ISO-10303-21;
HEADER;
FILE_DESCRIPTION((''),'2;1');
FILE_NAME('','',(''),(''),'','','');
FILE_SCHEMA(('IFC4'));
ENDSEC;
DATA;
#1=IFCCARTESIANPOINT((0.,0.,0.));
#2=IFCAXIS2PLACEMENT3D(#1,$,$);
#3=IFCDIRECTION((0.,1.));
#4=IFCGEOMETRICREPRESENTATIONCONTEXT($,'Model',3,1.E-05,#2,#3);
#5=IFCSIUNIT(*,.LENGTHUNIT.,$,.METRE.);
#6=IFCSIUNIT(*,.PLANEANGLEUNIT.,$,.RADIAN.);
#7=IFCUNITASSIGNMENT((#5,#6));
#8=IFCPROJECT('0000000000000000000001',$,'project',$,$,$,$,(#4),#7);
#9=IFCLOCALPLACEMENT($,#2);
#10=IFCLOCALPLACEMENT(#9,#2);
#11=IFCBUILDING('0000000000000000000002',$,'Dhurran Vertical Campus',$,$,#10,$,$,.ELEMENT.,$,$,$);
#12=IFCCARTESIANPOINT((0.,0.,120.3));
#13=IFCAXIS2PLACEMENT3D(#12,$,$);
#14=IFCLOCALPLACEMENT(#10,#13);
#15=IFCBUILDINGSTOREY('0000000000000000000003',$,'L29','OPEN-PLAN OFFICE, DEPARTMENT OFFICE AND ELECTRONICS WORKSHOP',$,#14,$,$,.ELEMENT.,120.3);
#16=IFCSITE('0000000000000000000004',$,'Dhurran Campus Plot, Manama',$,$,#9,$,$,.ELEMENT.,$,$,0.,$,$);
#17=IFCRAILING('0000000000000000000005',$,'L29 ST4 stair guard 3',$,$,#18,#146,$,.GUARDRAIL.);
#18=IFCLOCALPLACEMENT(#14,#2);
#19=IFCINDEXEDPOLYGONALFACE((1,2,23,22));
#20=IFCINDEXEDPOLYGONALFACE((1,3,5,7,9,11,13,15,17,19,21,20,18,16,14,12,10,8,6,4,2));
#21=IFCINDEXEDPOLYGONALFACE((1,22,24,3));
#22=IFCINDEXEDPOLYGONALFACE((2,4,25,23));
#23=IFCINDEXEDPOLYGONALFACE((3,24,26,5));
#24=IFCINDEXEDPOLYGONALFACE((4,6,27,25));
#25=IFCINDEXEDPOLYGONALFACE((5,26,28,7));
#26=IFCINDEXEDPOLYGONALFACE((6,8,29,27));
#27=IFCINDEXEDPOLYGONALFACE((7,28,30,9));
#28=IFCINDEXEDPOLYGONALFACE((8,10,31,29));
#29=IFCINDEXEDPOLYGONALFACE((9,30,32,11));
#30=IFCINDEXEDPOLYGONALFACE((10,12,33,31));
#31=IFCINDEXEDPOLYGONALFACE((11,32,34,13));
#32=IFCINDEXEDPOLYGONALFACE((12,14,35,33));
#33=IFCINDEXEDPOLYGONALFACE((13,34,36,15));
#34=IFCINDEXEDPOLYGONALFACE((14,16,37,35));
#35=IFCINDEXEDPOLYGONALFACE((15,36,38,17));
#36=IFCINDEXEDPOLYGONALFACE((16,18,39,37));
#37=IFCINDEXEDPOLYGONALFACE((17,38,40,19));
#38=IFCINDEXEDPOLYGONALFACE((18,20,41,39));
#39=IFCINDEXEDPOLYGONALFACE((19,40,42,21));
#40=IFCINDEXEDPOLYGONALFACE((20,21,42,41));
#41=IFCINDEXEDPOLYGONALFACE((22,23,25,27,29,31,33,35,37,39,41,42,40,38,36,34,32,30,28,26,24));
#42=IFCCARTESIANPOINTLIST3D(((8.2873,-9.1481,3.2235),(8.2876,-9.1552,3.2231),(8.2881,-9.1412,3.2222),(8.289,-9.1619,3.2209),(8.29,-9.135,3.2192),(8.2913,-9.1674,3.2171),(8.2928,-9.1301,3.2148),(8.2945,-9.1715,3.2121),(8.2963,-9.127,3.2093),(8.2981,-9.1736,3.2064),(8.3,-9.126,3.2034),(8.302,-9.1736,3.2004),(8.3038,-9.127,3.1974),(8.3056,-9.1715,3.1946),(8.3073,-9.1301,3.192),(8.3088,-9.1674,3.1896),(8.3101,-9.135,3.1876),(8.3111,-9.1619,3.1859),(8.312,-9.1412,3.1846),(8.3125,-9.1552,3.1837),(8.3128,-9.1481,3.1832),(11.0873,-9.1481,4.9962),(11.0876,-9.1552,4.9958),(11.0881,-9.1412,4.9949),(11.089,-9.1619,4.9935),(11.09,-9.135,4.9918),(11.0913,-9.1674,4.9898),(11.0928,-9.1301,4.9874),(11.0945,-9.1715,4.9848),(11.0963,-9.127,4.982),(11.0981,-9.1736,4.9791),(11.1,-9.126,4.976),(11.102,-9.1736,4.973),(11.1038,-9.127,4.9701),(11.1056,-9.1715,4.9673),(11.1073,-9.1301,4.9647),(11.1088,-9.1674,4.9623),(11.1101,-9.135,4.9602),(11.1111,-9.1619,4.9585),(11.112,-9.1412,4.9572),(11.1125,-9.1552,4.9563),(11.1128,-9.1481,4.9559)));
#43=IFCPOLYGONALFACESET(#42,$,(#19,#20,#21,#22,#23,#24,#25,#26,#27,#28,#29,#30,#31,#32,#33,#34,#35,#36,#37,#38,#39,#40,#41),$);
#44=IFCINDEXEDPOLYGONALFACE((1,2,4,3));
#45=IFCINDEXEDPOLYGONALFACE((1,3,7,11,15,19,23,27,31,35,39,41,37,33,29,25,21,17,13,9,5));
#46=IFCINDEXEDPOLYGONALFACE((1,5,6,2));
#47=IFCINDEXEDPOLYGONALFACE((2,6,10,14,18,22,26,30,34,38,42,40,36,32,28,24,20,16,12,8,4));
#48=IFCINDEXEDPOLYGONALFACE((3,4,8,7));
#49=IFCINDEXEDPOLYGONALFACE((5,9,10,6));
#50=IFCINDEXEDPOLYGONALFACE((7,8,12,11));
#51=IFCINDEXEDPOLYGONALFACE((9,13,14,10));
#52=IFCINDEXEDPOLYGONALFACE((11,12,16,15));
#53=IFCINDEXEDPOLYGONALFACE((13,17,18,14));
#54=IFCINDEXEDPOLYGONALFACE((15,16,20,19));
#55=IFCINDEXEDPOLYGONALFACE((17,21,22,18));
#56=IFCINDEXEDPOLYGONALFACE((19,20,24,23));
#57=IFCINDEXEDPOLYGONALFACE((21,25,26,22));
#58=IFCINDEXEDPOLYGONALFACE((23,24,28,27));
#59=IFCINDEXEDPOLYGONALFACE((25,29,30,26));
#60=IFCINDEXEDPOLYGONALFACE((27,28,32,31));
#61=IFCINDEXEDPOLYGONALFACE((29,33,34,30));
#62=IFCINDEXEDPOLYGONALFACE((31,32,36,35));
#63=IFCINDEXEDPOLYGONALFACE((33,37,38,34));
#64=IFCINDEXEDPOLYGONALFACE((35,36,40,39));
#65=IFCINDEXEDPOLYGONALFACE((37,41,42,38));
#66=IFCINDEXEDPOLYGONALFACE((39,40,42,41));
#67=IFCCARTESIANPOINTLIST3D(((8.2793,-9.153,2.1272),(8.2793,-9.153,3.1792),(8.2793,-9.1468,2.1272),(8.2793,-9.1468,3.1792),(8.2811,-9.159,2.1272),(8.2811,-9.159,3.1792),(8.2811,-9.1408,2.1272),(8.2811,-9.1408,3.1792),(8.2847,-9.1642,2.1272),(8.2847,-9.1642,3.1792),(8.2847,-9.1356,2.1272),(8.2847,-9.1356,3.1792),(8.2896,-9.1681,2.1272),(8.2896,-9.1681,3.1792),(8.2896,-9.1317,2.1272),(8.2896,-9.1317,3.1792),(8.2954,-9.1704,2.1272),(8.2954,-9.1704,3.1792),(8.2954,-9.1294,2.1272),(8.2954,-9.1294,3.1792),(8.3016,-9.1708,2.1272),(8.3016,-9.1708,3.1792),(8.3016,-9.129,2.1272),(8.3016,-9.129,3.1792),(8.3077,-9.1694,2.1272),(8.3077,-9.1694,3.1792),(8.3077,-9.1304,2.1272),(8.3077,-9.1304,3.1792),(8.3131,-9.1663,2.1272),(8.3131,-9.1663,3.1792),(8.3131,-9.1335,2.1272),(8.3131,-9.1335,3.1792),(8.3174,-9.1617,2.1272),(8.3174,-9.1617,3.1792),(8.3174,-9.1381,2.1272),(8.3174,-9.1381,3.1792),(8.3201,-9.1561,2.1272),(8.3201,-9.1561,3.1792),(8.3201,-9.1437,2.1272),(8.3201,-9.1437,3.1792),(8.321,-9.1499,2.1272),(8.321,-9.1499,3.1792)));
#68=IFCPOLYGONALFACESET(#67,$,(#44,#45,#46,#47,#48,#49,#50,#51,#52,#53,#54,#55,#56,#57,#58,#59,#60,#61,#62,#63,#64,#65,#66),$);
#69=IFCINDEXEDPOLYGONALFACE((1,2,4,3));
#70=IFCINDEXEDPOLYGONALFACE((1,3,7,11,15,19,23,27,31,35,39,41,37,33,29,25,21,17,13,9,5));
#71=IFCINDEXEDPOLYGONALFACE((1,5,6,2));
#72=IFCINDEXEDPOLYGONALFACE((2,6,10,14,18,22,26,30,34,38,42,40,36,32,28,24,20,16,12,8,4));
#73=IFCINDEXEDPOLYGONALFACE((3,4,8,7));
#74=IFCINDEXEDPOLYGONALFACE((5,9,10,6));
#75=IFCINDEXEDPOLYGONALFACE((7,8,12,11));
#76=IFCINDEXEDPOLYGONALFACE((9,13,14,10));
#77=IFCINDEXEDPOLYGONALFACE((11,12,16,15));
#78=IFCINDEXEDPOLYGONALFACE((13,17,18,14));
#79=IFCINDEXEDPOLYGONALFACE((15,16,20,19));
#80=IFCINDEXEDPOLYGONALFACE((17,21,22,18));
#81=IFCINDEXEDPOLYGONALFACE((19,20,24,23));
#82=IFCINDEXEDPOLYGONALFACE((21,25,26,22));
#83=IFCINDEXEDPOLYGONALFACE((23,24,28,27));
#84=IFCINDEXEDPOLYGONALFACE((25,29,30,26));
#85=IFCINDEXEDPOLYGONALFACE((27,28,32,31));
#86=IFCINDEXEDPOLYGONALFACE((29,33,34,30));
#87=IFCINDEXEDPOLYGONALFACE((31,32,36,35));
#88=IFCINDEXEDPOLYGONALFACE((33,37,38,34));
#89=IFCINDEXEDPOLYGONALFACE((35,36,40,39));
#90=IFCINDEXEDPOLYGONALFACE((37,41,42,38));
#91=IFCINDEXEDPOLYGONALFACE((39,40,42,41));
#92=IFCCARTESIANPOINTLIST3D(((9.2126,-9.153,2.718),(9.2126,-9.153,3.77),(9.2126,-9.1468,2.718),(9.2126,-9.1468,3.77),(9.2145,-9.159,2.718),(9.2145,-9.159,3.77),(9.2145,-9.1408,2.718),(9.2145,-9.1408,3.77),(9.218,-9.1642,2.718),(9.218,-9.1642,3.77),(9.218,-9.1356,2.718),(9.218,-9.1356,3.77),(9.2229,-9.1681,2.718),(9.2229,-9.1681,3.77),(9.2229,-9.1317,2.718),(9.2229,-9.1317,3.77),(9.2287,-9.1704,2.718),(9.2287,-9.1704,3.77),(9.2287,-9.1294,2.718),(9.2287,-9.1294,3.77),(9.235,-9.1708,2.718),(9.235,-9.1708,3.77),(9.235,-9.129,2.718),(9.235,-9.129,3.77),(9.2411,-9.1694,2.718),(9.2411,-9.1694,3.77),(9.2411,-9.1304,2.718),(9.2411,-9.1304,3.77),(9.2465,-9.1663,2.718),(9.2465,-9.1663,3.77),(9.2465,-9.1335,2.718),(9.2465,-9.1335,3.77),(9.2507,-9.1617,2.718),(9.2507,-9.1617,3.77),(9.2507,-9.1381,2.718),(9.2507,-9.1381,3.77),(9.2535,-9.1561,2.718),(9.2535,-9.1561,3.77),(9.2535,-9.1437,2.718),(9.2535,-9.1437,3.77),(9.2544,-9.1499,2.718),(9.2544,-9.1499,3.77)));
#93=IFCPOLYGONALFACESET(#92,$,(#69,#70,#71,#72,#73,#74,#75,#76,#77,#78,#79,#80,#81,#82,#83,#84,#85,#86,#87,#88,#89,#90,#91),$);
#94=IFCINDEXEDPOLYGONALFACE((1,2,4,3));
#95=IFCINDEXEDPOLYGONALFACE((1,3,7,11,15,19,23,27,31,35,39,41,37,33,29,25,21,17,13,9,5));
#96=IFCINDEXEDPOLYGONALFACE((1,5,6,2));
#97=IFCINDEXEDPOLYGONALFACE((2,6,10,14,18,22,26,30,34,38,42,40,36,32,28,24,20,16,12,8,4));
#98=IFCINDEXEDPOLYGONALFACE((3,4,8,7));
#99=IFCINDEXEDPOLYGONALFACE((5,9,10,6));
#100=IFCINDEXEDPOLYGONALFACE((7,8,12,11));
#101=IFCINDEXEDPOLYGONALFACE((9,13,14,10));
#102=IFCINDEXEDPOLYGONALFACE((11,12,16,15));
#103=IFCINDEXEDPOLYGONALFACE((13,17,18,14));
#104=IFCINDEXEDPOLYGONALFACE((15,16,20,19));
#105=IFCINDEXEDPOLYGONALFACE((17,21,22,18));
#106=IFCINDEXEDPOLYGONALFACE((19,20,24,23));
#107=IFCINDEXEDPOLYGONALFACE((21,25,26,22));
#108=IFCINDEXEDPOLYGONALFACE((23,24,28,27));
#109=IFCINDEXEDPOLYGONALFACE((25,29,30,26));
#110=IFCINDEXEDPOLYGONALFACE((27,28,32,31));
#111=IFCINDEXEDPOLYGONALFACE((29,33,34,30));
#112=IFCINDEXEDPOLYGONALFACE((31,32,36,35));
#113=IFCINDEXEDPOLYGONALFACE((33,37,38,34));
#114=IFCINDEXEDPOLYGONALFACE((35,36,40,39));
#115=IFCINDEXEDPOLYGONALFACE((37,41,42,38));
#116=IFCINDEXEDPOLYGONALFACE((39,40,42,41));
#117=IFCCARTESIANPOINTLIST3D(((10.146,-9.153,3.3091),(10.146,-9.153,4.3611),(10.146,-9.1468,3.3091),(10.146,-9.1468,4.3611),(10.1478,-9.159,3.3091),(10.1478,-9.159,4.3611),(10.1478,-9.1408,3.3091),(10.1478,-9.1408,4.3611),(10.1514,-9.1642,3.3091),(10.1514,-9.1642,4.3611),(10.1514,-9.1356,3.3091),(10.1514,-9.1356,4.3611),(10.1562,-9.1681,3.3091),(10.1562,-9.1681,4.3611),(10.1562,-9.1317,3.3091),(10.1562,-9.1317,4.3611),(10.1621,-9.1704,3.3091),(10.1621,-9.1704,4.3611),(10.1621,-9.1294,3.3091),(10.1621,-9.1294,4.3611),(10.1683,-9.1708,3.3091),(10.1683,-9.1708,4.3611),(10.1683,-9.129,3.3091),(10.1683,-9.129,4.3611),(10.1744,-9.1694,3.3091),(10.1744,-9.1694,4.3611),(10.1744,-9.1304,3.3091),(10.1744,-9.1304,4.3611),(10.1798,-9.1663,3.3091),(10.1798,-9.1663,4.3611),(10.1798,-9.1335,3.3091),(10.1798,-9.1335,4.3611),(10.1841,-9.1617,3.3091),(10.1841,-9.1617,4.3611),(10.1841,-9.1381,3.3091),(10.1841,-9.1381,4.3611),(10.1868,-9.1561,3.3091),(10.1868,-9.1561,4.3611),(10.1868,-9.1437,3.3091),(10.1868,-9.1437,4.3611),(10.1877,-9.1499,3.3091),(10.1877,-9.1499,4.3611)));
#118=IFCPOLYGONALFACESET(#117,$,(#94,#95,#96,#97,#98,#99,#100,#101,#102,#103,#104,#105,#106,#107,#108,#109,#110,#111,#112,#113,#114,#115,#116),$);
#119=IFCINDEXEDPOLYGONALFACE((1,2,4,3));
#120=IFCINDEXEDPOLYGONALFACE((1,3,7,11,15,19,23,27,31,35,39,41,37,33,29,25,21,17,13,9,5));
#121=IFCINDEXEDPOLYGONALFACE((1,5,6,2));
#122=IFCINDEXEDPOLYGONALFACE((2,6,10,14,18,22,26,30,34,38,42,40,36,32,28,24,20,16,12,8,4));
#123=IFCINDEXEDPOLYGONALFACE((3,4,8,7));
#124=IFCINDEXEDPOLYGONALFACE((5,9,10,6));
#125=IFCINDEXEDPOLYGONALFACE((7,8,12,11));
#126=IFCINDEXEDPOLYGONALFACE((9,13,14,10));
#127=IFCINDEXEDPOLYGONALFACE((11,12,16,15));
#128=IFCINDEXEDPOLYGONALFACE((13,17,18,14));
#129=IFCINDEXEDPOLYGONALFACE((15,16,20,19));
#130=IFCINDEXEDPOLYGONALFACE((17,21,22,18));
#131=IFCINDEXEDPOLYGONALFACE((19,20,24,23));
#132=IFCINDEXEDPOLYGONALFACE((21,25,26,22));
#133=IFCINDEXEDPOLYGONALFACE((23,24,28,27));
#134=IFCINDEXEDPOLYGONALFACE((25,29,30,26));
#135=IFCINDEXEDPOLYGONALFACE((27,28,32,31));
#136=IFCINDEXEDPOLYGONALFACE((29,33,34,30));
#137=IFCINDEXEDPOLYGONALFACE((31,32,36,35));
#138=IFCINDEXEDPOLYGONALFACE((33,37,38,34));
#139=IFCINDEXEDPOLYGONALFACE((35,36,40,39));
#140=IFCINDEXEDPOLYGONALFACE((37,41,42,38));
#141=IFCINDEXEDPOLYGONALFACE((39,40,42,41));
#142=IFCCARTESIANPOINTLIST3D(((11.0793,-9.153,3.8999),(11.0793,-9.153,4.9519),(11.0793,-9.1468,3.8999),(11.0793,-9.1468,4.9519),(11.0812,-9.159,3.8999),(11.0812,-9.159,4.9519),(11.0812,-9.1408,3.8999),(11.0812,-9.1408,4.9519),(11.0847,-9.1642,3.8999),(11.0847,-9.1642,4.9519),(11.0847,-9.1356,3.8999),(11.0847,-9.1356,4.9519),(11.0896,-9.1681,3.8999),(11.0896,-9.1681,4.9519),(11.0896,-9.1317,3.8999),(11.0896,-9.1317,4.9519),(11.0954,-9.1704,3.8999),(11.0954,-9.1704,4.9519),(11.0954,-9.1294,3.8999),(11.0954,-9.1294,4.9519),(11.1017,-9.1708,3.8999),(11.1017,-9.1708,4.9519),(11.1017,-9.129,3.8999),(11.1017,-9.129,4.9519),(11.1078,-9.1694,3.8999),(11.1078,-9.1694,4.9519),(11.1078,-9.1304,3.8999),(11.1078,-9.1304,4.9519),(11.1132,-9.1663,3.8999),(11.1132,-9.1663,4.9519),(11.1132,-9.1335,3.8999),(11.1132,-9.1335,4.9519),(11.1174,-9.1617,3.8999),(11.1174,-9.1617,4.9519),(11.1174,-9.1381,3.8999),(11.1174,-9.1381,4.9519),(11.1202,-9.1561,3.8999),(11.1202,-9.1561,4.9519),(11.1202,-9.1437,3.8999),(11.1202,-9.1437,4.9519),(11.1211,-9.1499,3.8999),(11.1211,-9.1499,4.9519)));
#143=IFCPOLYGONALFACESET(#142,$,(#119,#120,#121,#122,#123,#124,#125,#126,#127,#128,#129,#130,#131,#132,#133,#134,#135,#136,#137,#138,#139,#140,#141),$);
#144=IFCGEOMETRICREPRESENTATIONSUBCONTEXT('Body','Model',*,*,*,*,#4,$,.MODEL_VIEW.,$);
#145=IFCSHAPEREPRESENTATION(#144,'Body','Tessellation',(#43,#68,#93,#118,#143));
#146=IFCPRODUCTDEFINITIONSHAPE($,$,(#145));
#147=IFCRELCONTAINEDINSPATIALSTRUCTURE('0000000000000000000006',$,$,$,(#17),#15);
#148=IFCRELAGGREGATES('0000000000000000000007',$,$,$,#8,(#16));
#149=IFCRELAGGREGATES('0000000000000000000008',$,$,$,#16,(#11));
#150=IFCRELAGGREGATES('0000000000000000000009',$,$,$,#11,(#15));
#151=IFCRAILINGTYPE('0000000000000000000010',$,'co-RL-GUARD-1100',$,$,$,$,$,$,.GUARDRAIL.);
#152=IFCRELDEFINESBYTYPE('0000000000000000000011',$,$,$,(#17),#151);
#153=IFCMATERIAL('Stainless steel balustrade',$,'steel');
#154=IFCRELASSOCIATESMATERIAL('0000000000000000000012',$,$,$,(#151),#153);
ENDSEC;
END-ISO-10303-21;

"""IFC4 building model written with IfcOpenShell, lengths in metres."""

from ifc_helpers import new_model, si_unit, direction, frame, origin, origin_2d, place, context, subcontext, project, spatial, circle, extrude, material, type_object, element, save


model = new_model("IFC4")

# Units and contexts
model_context = context("Model", 3, precision=1e-05, world=origin(), true_north=direction((0.0, 1.0)))
body_context = subcontext(model_context, "Body", "Model", "MODEL_VIEW")
ifc_project = project(units=[si_unit("LENGTHUNIT", "METRE"), si_unit("PLANEANGLEUNIT", "RADIAN")], contexts=[model_context])

# Site, building, storey
site_placement = place(None, origin())
site = spatial("IfcSite", under=ifc_project, at=site_placement, Name="Dhurran Campus Plot, Manama", CompositionType="ELEMENT", RefElevation=0.0)
building_placement = place(site_placement, origin())
building = spatial("IfcBuilding", under=site, at=building_placement, Name="Dhurran Vertical Campus", CompositionType="ELEMENT")
storey_placement = place(building_placement, frame((0.0, 0.0, 120.3)))
storey = spatial("IfcBuildingStorey", under=building, at=storey_placement, Name="L29", Description="OPEN-PLAN OFFICE, DEPARTMENT OFFICE AND ELECTRONICS WORKSHOP", CompositionType="ELEMENT", Elevation=120.3)

# Railing
ifc_material_1 = material(Name="Stainless steel balustrade", Category="steel")
railing_type_1 = type_object("IfcRailingType", Name="co-RL-GUARD-1100", PredefinedType="GUARDRAIL", material=ifc_material_1)
railing_1_placement = place(storey_placement, frame((8.3, -9.1499, 2.1272)))
element("IfcRailing", 1, at=railing_1_placement, inside=storey, type_object=railing_type_1, Name="L29 ST4 stair guard 3", PredefinedType="GUARDRAIL", context=body_context, shape_type="SweptSolid", body=[
    extrude(circle(Radius=0.0239, at=origin_2d()), frame((0.0, 0.0, 1.0762), z_axis=(0.844909, 0.0, 0.53491), x_axis=(0.0, 1.0, 0.0)), (0.0, 0.0, 1.0), 3.314),
    extrude(circle(Radius=0.021, at=origin_2d()), origin(), (0.0, 0.0, 1.0), 1.052),
    extrude(circle(Radius=0.021, at=origin_2d()), frame((0.9333, 0.0, 0.5908)), (0.0, 0.0, 1.0), 1.052),
    extrude(circle(Radius=0.021, at=origin_2d()), frame((1.8667, 0.0, 1.1819)), (0.0, 0.0, 1.0), 1.052),
    extrude(circle(Radius=0.021, at=origin_2d()), frame((2.8, 0.0, 1.7727)), (0.0, 0.0, 1.0), 1.052),
])

save(model, "model.ifc")
